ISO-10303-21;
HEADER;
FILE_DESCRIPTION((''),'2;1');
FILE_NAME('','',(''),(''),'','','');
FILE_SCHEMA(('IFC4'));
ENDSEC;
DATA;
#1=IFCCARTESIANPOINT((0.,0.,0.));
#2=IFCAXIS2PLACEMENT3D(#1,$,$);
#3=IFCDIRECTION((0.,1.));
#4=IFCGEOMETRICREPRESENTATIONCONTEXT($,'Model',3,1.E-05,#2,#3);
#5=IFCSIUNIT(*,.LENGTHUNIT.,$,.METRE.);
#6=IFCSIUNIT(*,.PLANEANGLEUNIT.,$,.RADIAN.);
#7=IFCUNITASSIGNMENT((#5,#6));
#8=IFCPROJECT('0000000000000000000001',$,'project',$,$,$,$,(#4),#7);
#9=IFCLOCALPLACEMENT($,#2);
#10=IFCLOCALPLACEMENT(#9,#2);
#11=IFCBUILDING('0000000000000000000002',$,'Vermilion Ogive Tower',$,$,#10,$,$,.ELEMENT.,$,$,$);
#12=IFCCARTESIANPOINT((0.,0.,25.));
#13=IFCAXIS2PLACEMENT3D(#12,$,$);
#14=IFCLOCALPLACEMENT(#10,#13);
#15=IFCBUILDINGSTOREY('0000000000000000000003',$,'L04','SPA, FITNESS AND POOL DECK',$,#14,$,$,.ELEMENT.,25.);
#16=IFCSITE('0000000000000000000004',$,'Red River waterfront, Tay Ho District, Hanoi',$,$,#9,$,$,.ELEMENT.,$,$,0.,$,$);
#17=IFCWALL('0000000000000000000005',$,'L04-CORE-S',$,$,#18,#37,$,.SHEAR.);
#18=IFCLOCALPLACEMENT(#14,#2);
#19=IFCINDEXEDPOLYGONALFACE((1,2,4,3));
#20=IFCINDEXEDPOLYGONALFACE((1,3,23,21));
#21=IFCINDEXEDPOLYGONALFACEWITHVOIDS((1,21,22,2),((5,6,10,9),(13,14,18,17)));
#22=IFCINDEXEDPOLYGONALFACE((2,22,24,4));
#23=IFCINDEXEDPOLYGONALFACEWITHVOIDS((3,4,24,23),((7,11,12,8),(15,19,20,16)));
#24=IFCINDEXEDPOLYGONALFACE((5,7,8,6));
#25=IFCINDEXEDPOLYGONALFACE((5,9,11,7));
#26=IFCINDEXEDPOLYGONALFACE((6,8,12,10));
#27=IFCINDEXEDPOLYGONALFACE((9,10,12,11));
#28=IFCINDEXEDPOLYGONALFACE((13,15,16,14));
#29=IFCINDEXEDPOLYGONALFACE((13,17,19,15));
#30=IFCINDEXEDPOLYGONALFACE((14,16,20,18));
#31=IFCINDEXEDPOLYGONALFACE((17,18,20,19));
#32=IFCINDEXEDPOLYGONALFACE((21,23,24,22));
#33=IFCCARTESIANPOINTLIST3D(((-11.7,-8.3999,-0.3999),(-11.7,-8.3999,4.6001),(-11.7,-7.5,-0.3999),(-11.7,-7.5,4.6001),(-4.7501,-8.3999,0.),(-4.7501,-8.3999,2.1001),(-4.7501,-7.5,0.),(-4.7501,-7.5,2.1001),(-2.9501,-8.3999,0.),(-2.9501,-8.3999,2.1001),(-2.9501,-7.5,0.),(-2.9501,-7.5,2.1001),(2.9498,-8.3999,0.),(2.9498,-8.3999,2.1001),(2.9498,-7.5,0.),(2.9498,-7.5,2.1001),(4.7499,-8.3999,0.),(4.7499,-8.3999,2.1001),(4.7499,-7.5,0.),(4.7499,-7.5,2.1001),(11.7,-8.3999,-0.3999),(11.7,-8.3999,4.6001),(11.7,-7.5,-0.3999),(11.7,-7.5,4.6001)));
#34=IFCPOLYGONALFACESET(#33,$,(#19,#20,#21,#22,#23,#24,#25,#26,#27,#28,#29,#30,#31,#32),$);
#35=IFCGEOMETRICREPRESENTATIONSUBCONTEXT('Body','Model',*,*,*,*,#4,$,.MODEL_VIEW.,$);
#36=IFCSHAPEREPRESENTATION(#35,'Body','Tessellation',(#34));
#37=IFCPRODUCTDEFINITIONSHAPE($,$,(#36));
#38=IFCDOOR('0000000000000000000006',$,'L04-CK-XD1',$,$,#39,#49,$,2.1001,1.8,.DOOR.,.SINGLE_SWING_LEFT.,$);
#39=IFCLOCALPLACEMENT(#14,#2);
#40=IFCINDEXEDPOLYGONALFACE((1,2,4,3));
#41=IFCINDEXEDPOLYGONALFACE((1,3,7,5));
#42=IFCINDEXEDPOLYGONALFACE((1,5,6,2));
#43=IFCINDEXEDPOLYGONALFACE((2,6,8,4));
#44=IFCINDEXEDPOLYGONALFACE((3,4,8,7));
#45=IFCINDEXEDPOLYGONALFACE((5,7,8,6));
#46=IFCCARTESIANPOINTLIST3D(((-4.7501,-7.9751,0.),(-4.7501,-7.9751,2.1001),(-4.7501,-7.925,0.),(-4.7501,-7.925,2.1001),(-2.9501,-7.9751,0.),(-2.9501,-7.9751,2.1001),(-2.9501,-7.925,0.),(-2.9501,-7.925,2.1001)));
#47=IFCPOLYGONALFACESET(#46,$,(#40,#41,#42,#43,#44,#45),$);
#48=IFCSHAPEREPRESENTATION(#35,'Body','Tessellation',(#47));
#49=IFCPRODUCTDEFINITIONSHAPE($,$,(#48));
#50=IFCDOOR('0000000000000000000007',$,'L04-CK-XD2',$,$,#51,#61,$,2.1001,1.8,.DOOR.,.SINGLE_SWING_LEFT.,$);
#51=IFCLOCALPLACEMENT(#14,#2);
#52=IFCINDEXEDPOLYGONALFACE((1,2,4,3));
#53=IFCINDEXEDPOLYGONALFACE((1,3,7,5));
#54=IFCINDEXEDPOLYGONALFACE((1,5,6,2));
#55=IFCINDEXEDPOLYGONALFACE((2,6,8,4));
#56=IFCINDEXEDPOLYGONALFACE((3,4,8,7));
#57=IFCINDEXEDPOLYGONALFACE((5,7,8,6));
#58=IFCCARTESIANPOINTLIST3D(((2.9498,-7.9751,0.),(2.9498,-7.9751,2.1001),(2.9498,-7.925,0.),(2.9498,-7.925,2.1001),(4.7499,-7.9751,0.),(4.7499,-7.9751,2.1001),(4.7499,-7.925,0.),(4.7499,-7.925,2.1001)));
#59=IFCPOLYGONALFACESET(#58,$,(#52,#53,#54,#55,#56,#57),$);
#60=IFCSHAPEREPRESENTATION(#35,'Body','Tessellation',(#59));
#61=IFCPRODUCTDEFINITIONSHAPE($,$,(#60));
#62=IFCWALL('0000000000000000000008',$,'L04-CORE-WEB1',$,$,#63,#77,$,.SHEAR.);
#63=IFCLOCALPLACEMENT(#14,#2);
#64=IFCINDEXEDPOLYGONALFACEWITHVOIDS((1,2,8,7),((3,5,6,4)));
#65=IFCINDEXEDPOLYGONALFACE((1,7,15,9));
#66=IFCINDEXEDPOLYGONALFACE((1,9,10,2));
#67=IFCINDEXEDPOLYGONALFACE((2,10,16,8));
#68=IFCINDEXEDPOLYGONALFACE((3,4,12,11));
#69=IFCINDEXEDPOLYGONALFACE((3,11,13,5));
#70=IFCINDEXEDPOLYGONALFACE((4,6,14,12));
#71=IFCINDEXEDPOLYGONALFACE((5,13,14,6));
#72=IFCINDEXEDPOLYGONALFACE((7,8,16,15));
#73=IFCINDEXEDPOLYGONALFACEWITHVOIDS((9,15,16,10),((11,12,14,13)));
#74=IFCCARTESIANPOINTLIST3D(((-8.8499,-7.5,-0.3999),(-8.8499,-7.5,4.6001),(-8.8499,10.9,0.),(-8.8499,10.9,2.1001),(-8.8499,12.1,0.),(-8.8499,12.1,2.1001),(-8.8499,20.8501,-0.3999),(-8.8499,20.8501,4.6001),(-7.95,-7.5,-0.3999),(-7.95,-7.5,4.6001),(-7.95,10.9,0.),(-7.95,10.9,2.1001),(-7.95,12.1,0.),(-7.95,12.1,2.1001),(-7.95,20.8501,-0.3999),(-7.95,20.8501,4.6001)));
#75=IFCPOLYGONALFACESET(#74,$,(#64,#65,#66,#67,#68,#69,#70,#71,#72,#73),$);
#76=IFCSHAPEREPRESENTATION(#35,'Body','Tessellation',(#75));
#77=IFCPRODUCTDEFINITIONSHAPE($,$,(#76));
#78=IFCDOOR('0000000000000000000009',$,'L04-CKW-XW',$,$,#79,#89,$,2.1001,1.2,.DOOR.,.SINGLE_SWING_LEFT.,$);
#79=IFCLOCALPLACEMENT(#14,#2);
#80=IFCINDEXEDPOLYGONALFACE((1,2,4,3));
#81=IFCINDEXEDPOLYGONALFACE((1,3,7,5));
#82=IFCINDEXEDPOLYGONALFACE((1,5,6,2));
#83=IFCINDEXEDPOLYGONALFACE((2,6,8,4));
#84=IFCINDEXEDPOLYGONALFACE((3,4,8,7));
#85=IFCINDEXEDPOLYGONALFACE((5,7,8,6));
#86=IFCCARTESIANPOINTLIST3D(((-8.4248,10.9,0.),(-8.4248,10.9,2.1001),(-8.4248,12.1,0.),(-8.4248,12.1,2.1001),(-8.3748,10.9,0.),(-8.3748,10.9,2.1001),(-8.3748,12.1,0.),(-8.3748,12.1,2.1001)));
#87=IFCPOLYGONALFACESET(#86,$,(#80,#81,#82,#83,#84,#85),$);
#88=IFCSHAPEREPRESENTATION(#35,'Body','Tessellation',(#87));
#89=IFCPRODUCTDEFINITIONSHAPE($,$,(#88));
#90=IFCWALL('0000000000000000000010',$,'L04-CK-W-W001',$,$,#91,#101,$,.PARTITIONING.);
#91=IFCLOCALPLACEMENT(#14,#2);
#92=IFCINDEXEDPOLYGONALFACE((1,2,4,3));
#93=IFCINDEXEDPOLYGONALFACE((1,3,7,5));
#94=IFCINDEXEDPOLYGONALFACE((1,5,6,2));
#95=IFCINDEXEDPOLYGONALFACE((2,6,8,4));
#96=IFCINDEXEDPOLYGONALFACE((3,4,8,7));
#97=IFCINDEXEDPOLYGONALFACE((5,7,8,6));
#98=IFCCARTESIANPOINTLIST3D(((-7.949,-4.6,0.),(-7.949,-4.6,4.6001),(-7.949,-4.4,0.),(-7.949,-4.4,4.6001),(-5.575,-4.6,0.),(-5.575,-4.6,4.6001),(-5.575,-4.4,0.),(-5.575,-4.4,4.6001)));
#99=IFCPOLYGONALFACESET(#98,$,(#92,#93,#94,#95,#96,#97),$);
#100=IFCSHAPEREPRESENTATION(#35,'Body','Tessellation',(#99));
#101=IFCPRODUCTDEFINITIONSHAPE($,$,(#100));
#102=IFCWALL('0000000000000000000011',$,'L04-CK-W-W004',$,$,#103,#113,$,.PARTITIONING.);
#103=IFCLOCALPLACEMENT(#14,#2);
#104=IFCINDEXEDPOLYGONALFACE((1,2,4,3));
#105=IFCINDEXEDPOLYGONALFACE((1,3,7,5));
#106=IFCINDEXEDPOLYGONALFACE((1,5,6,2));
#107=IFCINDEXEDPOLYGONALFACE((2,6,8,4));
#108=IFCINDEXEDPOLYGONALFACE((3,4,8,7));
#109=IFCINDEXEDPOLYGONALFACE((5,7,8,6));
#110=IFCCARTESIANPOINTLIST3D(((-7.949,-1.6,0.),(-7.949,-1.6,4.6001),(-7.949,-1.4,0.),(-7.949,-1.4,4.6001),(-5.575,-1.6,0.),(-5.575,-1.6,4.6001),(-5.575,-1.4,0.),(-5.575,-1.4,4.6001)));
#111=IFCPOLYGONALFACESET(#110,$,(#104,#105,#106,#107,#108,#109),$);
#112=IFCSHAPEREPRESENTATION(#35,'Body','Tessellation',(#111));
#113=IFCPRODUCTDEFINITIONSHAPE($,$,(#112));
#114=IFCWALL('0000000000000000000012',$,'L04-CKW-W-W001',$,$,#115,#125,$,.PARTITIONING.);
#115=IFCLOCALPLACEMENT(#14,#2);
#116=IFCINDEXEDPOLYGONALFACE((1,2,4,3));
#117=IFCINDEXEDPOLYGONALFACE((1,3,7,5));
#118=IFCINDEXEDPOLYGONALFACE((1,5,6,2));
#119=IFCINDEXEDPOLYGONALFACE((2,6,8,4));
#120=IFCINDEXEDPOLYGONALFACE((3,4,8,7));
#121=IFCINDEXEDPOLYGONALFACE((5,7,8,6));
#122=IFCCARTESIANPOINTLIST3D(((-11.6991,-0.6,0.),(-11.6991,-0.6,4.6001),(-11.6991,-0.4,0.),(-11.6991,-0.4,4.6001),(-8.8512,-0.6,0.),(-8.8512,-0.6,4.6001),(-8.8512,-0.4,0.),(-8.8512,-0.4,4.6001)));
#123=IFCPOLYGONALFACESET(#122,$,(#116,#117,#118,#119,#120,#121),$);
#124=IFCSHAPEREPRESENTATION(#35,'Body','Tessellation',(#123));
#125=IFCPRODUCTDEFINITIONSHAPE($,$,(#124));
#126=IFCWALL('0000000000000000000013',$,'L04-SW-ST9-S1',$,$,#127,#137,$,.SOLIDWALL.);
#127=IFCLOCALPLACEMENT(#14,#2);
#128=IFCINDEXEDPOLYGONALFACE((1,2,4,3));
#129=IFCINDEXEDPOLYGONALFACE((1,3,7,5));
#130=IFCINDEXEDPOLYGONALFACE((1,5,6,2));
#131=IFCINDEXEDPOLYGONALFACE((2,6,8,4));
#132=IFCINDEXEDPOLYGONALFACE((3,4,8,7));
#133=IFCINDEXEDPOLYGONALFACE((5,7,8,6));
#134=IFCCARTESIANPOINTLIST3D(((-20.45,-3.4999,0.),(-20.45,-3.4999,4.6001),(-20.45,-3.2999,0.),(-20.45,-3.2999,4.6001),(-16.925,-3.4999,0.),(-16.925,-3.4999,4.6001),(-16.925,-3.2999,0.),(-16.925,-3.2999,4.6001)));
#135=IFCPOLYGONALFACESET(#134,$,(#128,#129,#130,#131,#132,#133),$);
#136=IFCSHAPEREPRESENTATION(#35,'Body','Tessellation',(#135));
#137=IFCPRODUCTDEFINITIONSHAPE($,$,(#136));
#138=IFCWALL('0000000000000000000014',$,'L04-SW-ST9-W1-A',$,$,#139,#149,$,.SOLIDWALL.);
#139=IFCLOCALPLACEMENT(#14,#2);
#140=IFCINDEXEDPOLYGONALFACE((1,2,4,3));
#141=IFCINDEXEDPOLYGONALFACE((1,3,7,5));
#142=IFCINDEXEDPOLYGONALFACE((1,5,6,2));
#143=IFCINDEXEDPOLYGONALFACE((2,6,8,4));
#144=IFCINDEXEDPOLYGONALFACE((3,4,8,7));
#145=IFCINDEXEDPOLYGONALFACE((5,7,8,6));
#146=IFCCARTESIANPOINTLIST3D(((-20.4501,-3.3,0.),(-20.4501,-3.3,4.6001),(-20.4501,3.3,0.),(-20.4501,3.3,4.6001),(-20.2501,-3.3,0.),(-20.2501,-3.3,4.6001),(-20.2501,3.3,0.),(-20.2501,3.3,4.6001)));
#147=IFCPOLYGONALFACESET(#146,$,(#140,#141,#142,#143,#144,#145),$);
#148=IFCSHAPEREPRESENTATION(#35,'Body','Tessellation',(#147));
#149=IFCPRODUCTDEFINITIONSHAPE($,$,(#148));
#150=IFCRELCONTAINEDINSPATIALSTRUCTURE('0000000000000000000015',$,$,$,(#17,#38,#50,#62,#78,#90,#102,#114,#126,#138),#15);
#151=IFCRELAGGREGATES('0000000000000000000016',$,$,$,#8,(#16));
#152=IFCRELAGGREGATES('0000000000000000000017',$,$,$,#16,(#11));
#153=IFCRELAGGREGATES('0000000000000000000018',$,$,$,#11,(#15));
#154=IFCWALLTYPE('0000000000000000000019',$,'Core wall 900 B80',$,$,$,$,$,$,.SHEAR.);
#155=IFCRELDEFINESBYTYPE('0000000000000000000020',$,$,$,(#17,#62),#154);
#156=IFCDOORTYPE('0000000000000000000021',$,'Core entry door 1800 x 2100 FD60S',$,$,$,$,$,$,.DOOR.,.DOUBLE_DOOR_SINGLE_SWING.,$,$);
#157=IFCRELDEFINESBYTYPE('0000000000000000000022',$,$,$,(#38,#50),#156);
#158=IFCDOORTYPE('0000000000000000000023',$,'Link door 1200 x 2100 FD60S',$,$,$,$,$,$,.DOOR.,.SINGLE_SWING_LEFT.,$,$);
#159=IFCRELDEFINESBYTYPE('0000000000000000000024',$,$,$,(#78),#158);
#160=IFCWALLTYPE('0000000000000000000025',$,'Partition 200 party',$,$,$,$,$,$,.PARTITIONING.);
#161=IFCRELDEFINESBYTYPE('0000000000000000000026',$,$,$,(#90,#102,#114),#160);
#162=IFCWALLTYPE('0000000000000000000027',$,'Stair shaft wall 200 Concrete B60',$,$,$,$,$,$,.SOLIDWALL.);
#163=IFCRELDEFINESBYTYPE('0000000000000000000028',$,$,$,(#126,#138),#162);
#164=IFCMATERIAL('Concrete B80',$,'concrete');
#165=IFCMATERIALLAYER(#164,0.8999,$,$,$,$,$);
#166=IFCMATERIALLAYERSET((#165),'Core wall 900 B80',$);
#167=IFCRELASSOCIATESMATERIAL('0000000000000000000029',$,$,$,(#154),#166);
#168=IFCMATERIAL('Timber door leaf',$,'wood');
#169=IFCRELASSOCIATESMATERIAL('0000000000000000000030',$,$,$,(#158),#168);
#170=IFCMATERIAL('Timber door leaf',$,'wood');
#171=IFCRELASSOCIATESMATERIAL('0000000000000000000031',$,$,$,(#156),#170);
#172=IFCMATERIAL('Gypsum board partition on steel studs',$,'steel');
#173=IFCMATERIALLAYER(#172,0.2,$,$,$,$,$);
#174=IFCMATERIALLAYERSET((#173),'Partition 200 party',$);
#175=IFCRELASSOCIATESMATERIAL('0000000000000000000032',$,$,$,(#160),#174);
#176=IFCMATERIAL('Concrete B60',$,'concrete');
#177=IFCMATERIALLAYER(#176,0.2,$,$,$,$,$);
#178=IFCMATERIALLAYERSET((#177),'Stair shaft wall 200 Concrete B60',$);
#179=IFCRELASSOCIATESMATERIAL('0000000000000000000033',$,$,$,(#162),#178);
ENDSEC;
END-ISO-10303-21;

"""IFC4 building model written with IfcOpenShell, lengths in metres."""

from ifc_helpers import new_model, si_unit, direction, frame, frame_2d, origin, place, context, subcontext, project, spatial, rectangle, extrude, material, layer, layer_set, type_object, element, fill, save


model = new_model("IFC4")

# Units and contexts
model_context = context("Model", 3, precision=1e-05, world=origin(), true_north=direction((0.0, 1.0)))
body_context = subcontext(model_context, "Body", "Model", "MODEL_VIEW")
ifc_project = project(units=[si_unit("LENGTHUNIT", "METRE"), si_unit("PLANEANGLEUNIT", "RADIAN")], contexts=[model_context])

# Site, building, storey
site_placement = place(None, origin())
site = spatial("IfcSite", under=ifc_project, at=site_placement, Name="Red River waterfront, Tay Ho District, Hanoi", CompositionType="ELEMENT", RefElevation=0.0)
building_placement = place(site_placement, origin())
building = spatial("IfcBuilding", under=site, at=building_placement, Name="Vermilion Ogive Tower", CompositionType="ELEMENT")
storey_placement = place(building_placement, frame((0.0, 0.0, 25.0)))
storey = spatial("IfcBuildingStorey", under=building, at=storey_placement, Name="L04", Description="SPA, FITNESS AND POOL DECK", CompositionType="ELEMENT", Elevation=25.0)

# Wall, openings, doors
ifc_material_1 = material(Name="Concrete B80", Category="concrete")
ifc_layer_1 = layer(ifc_material_1, 0.8999)
ifc_layer_set_1 = layer_set([ifc_layer_1], Name="Core wall 900 B80")
wall_type_1 = type_object("IfcWallType", Name="Core wall 900 B80", PredefinedType="SHEAR", material=ifc_layer_set_1)
ifc_material_2 = material(Name="Timber door leaf", Category="wood")
door_type_1 = type_object("IfcDoorType", Name="Link door 1200 x 2100 FD60S", OperationType="SINGLE_SWING_LEFT", PredefinedType="DOOR", material=ifc_material_2)
wall_1_placement = place(storey_placement, frame((-11.7, -7.95, -0.3999), z_axis=(0.0, 0.0, 1.0), x_axis=(1.0, 0.0, 0.0)))
wall_1 = element("IfcWall", 1, at=wall_1_placement, inside=storey, type_object=wall_type_1, Name="L04-CORE-S", PredefinedType="SHEAR", context=body_context, shape_type="SweptSolid", body=[
    extrude(rectangle(XDim=23.3999, YDim=0.8999, at=frame_2d((11.7, 0.0))), origin(), (0.0, 0.0, 1.0), 5.0),
])
opening_1_placement = place(wall_1_placement, frame((6.95, 0.0, 0.3999)))
opening_1 = element("IfcOpeningElement", 2, at=opening_1_placement, cuts=wall_1, PredefinedType="OPENING", context=body_context, shape_type="SweptSolid", body=[
    extrude(rectangle(XDim=1.8, YDim=2.1001, at=frame_2d((0.8999, 1.05))), frame((0.0, 0.46, 0.0), z_axis=(0.0, -1.0, 0.0), x_axis=(1.0, 0.0, 0.0)), (0.0, 0.0, 1.0), 0.9199),
])
opening_2_placement = place(wall_1_placement, frame((14.6499, 0.0, 0.3999)))
opening_2 = element("IfcOpeningElement", 3, at=opening_2_placement, cuts=wall_1, PredefinedType="OPENING", context=body_context, shape_type="SweptSolid", body=[
    extrude(rectangle(XDim=1.8, YDim=2.1001, at=frame_2d((0.8999, 1.05))), frame((0.0, 0.46, 0.0), z_axis=(0.0, -1.0, 0.0), x_axis=(1.0, 0.0, 0.0)), (0.0, 0.0, 1.0), 0.9199),
])
ifc_material_3 = material(Name="Timber door leaf", Category="wood")
door_type_2 = type_object("IfcDoorType", Name="Core entry door 1800 x 2100 FD60S", OperationType="DOUBLE_DOOR_SINGLE_SWING", PredefinedType="DOOR", material=ifc_material_3)
door_1_placement = place(opening_1_placement, origin())
door_1 = element("IfcDoor", 4, at=door_1_placement, inside=storey, type_object=door_type_2, Name="L04-CK-XD1", OperationType="SINGLE_SWING_LEFT", OverallHeight=2.1001, OverallWidth=1.8, PredefinedType="DOOR", context=body_context, shape_type="SweptSolid", body=[
    extrude(rectangle(XDim=1.8, YDim=2.1001, at=frame_2d((0.8999, 1.05))), frame((0.0, 0.0249, 0.0), z_axis=(0.0, -1.0, 0.0), x_axis=(1.0, 0.0, 0.0)), (0.0, 0.0, 1.0), 0.05),
])
fill(opening_1, door_1)
door_2_placement = place(opening_2_placement, origin())
door_2 = element("IfcDoor", 5, at=door_2_placement, inside=storey, type_object=door_type_2, Name="L04-CK-XD2", OperationType="SINGLE_SWING_LEFT", OverallHeight=2.1001, OverallWidth=1.8, PredefinedType="DOOR", context=body_context, shape_type="SweptSolid", body=[
    extrude(rectangle(XDim=1.8, YDim=2.1001, at=frame_2d((0.8999, 1.05))), frame((0.0, 0.0249, 0.0), z_axis=(0.0, -1.0, 0.0), x_axis=(1.0, 0.0, 0.0)), (0.0, 0.0, 1.0), 0.05),
])
fill(opening_2, door_2)

# Wall, opening, door
wall_2_placement = place(storey_placement, frame((-8.3999, -7.5, -0.3999), z_axis=(0.0, 0.0, 1.0), x_axis=(0.0, 1.0, 0.0)))
wall_2 = element("IfcWall", 6, at=wall_2_placement, inside=storey, type_object=wall_type_1, Name="L04-CORE-WEB1", PredefinedType="SHEAR", context=body_context, shape_type="SweptSolid", body=[
    extrude(rectangle(XDim=28.3501, YDim=0.8999, at=frame_2d((14.175, 0.0))), origin(), (0.0, 0.0, 1.0), 5.0),
])
opening_3_placement = place(wall_2_placement, frame((18.3999, 0.0, 0.3999)))
opening_3 = element("IfcOpeningElement", 7, at=opening_3_placement, cuts=wall_2, PredefinedType="OPENING", context=body_context, shape_type="SweptSolid", body=[
    extrude(rectangle(XDim=1.2, YDim=2.1001, at=frame_2d((0.6001, 1.05))), frame((0.0, 0.46, 0.0), z_axis=(0.0, -1.0, 0.0), x_axis=(1.0, 0.0, 0.0)), (0.0, 0.0, 1.0), 0.9199),
])
door_3_placement = place(opening_3_placement, origin())
door_3 = element("IfcDoor", 8, at=door_3_placement, inside=storey, type_object=door_type_1, Name="L04-CKW-XW", OperationType="SINGLE_SWING_LEFT", OverallHeight=2.1001, OverallWidth=1.2, PredefinedType="DOOR", context=body_context, shape_type="SweptSolid", body=[
    extrude(rectangle(XDim=1.2, YDim=2.1001, at=frame_2d((0.6001, 1.05))), frame((0.0, 0.0249, 0.0), z_axis=(0.0, -1.0, 0.0), x_axis=(1.0, 0.0, 0.0)), (0.0, 0.0, 1.0), 0.05),
])
fill(opening_3, door_3)

# Walls
ifc_material_4 = material(Name="Gypsum board partition on steel studs", Category="steel")
ifc_layer_2 = layer(ifc_material_4, 0.2)
ifc_layer_set_2 = layer_set([ifc_layer_2], Name="Partition 200 party")
wall_type_2 = type_object("IfcWallType", Name="Partition 200 party", PredefinedType="PARTITIONING", material=ifc_layer_set_2)
for number, where, z_axis, x_axis, name in (
    (9, (-7.949, -4.5, 0.0), (0.0, 0.0, 1.0), (1.0, 0.0, 0.0), "L04-CK-W-W001"),
    (10, (-7.949, -1.5, 0.0), (0.0, 0.0, 1.0), (1.0, 0.0, 0.0), "L04-CK-W-W004"),
):
    element("IfcWall", number, at=place(storey_placement, frame(where, z_axis=z_axis, x_axis=x_axis)), inside=storey, type_object=wall_type_2, Name=name, PredefinedType="PARTITIONING", context=body_context, shape_type="SweptSolid", body=[
        extrude(rectangle(XDim=2.374, YDim=0.2, at=frame_2d((1.187, 0.0))), origin(), (0.0, 0.0, 1.0), 4.6001),
    ])
wall_3_placement = place(storey_placement, frame((-11.699, -0.5, 0.0), z_axis=(0.0, 0.0, 1.0), x_axis=(1.0, 0.0, 0.0)))
element("IfcWall", 11, at=wall_3_placement, inside=storey, type_object=wall_type_2, Name="L04-CKW-W-W001", PredefinedType="PARTITIONING", context=body_context, shape_type="SweptSolid", body=[
    extrude(rectangle(XDim=2.8479, YDim=0.2, at=frame_2d((1.4238, 0.0))), origin(), (0.0, 0.0, 1.0), 4.6001),
])
ifc_material_5 = material(Name="Concrete B60", Category="concrete")
ifc_layer_3 = layer(ifc_material_5, 0.2)
ifc_layer_set_3 = layer_set([ifc_layer_3], Name="Stair shaft wall 200 Concrete B60")
wall_type_3 = type_object("IfcWallType", Name="Stair shaft wall 200 Concrete B60", PredefinedType="SOLIDWALL", material=ifc_layer_set_3)
wall_4_placement = place(storey_placement, frame((-20.45, -3.3999, 0.0), z_axis=(0.0, 0.0, 1.0), x_axis=(1.0, 0.0, 0.0)))
element("IfcWall", 12, at=wall_4_placement, inside=storey, type_object=wall_type_3, Name="L04-SW-ST9-S1", PredefinedType="SOLIDWALL", context=body_context, shape_type="SweptSolid", body=[
    extrude(rectangle(XDim=3.5249, YDim=0.2, at=frame_2d((1.7625, 0.0))), origin(), (0.0, 0.0, 1.0), 4.6001),
])
wall_5_placement = place(storey_placement, frame((-20.3501, -3.3, 0.0), z_axis=(0.0, 0.0, 1.0), x_axis=(0.0, 1.0, 0.0)))
element("IfcWall", 13, at=wall_5_placement, inside=storey, type_object=wall_type_3, Name="L04-SW-ST9-W1-A", PredefinedType="SOLIDWALL", context=body_context, shape_type="SweptSolid", body=[
    extrude(rectangle(XDim=6.6001, YDim=0.2, at=frame_2d((3.3, 0.0))), origin(), (0.0, 0.0, 1.0), 4.6001),
])

save(model, "model.ifc")
